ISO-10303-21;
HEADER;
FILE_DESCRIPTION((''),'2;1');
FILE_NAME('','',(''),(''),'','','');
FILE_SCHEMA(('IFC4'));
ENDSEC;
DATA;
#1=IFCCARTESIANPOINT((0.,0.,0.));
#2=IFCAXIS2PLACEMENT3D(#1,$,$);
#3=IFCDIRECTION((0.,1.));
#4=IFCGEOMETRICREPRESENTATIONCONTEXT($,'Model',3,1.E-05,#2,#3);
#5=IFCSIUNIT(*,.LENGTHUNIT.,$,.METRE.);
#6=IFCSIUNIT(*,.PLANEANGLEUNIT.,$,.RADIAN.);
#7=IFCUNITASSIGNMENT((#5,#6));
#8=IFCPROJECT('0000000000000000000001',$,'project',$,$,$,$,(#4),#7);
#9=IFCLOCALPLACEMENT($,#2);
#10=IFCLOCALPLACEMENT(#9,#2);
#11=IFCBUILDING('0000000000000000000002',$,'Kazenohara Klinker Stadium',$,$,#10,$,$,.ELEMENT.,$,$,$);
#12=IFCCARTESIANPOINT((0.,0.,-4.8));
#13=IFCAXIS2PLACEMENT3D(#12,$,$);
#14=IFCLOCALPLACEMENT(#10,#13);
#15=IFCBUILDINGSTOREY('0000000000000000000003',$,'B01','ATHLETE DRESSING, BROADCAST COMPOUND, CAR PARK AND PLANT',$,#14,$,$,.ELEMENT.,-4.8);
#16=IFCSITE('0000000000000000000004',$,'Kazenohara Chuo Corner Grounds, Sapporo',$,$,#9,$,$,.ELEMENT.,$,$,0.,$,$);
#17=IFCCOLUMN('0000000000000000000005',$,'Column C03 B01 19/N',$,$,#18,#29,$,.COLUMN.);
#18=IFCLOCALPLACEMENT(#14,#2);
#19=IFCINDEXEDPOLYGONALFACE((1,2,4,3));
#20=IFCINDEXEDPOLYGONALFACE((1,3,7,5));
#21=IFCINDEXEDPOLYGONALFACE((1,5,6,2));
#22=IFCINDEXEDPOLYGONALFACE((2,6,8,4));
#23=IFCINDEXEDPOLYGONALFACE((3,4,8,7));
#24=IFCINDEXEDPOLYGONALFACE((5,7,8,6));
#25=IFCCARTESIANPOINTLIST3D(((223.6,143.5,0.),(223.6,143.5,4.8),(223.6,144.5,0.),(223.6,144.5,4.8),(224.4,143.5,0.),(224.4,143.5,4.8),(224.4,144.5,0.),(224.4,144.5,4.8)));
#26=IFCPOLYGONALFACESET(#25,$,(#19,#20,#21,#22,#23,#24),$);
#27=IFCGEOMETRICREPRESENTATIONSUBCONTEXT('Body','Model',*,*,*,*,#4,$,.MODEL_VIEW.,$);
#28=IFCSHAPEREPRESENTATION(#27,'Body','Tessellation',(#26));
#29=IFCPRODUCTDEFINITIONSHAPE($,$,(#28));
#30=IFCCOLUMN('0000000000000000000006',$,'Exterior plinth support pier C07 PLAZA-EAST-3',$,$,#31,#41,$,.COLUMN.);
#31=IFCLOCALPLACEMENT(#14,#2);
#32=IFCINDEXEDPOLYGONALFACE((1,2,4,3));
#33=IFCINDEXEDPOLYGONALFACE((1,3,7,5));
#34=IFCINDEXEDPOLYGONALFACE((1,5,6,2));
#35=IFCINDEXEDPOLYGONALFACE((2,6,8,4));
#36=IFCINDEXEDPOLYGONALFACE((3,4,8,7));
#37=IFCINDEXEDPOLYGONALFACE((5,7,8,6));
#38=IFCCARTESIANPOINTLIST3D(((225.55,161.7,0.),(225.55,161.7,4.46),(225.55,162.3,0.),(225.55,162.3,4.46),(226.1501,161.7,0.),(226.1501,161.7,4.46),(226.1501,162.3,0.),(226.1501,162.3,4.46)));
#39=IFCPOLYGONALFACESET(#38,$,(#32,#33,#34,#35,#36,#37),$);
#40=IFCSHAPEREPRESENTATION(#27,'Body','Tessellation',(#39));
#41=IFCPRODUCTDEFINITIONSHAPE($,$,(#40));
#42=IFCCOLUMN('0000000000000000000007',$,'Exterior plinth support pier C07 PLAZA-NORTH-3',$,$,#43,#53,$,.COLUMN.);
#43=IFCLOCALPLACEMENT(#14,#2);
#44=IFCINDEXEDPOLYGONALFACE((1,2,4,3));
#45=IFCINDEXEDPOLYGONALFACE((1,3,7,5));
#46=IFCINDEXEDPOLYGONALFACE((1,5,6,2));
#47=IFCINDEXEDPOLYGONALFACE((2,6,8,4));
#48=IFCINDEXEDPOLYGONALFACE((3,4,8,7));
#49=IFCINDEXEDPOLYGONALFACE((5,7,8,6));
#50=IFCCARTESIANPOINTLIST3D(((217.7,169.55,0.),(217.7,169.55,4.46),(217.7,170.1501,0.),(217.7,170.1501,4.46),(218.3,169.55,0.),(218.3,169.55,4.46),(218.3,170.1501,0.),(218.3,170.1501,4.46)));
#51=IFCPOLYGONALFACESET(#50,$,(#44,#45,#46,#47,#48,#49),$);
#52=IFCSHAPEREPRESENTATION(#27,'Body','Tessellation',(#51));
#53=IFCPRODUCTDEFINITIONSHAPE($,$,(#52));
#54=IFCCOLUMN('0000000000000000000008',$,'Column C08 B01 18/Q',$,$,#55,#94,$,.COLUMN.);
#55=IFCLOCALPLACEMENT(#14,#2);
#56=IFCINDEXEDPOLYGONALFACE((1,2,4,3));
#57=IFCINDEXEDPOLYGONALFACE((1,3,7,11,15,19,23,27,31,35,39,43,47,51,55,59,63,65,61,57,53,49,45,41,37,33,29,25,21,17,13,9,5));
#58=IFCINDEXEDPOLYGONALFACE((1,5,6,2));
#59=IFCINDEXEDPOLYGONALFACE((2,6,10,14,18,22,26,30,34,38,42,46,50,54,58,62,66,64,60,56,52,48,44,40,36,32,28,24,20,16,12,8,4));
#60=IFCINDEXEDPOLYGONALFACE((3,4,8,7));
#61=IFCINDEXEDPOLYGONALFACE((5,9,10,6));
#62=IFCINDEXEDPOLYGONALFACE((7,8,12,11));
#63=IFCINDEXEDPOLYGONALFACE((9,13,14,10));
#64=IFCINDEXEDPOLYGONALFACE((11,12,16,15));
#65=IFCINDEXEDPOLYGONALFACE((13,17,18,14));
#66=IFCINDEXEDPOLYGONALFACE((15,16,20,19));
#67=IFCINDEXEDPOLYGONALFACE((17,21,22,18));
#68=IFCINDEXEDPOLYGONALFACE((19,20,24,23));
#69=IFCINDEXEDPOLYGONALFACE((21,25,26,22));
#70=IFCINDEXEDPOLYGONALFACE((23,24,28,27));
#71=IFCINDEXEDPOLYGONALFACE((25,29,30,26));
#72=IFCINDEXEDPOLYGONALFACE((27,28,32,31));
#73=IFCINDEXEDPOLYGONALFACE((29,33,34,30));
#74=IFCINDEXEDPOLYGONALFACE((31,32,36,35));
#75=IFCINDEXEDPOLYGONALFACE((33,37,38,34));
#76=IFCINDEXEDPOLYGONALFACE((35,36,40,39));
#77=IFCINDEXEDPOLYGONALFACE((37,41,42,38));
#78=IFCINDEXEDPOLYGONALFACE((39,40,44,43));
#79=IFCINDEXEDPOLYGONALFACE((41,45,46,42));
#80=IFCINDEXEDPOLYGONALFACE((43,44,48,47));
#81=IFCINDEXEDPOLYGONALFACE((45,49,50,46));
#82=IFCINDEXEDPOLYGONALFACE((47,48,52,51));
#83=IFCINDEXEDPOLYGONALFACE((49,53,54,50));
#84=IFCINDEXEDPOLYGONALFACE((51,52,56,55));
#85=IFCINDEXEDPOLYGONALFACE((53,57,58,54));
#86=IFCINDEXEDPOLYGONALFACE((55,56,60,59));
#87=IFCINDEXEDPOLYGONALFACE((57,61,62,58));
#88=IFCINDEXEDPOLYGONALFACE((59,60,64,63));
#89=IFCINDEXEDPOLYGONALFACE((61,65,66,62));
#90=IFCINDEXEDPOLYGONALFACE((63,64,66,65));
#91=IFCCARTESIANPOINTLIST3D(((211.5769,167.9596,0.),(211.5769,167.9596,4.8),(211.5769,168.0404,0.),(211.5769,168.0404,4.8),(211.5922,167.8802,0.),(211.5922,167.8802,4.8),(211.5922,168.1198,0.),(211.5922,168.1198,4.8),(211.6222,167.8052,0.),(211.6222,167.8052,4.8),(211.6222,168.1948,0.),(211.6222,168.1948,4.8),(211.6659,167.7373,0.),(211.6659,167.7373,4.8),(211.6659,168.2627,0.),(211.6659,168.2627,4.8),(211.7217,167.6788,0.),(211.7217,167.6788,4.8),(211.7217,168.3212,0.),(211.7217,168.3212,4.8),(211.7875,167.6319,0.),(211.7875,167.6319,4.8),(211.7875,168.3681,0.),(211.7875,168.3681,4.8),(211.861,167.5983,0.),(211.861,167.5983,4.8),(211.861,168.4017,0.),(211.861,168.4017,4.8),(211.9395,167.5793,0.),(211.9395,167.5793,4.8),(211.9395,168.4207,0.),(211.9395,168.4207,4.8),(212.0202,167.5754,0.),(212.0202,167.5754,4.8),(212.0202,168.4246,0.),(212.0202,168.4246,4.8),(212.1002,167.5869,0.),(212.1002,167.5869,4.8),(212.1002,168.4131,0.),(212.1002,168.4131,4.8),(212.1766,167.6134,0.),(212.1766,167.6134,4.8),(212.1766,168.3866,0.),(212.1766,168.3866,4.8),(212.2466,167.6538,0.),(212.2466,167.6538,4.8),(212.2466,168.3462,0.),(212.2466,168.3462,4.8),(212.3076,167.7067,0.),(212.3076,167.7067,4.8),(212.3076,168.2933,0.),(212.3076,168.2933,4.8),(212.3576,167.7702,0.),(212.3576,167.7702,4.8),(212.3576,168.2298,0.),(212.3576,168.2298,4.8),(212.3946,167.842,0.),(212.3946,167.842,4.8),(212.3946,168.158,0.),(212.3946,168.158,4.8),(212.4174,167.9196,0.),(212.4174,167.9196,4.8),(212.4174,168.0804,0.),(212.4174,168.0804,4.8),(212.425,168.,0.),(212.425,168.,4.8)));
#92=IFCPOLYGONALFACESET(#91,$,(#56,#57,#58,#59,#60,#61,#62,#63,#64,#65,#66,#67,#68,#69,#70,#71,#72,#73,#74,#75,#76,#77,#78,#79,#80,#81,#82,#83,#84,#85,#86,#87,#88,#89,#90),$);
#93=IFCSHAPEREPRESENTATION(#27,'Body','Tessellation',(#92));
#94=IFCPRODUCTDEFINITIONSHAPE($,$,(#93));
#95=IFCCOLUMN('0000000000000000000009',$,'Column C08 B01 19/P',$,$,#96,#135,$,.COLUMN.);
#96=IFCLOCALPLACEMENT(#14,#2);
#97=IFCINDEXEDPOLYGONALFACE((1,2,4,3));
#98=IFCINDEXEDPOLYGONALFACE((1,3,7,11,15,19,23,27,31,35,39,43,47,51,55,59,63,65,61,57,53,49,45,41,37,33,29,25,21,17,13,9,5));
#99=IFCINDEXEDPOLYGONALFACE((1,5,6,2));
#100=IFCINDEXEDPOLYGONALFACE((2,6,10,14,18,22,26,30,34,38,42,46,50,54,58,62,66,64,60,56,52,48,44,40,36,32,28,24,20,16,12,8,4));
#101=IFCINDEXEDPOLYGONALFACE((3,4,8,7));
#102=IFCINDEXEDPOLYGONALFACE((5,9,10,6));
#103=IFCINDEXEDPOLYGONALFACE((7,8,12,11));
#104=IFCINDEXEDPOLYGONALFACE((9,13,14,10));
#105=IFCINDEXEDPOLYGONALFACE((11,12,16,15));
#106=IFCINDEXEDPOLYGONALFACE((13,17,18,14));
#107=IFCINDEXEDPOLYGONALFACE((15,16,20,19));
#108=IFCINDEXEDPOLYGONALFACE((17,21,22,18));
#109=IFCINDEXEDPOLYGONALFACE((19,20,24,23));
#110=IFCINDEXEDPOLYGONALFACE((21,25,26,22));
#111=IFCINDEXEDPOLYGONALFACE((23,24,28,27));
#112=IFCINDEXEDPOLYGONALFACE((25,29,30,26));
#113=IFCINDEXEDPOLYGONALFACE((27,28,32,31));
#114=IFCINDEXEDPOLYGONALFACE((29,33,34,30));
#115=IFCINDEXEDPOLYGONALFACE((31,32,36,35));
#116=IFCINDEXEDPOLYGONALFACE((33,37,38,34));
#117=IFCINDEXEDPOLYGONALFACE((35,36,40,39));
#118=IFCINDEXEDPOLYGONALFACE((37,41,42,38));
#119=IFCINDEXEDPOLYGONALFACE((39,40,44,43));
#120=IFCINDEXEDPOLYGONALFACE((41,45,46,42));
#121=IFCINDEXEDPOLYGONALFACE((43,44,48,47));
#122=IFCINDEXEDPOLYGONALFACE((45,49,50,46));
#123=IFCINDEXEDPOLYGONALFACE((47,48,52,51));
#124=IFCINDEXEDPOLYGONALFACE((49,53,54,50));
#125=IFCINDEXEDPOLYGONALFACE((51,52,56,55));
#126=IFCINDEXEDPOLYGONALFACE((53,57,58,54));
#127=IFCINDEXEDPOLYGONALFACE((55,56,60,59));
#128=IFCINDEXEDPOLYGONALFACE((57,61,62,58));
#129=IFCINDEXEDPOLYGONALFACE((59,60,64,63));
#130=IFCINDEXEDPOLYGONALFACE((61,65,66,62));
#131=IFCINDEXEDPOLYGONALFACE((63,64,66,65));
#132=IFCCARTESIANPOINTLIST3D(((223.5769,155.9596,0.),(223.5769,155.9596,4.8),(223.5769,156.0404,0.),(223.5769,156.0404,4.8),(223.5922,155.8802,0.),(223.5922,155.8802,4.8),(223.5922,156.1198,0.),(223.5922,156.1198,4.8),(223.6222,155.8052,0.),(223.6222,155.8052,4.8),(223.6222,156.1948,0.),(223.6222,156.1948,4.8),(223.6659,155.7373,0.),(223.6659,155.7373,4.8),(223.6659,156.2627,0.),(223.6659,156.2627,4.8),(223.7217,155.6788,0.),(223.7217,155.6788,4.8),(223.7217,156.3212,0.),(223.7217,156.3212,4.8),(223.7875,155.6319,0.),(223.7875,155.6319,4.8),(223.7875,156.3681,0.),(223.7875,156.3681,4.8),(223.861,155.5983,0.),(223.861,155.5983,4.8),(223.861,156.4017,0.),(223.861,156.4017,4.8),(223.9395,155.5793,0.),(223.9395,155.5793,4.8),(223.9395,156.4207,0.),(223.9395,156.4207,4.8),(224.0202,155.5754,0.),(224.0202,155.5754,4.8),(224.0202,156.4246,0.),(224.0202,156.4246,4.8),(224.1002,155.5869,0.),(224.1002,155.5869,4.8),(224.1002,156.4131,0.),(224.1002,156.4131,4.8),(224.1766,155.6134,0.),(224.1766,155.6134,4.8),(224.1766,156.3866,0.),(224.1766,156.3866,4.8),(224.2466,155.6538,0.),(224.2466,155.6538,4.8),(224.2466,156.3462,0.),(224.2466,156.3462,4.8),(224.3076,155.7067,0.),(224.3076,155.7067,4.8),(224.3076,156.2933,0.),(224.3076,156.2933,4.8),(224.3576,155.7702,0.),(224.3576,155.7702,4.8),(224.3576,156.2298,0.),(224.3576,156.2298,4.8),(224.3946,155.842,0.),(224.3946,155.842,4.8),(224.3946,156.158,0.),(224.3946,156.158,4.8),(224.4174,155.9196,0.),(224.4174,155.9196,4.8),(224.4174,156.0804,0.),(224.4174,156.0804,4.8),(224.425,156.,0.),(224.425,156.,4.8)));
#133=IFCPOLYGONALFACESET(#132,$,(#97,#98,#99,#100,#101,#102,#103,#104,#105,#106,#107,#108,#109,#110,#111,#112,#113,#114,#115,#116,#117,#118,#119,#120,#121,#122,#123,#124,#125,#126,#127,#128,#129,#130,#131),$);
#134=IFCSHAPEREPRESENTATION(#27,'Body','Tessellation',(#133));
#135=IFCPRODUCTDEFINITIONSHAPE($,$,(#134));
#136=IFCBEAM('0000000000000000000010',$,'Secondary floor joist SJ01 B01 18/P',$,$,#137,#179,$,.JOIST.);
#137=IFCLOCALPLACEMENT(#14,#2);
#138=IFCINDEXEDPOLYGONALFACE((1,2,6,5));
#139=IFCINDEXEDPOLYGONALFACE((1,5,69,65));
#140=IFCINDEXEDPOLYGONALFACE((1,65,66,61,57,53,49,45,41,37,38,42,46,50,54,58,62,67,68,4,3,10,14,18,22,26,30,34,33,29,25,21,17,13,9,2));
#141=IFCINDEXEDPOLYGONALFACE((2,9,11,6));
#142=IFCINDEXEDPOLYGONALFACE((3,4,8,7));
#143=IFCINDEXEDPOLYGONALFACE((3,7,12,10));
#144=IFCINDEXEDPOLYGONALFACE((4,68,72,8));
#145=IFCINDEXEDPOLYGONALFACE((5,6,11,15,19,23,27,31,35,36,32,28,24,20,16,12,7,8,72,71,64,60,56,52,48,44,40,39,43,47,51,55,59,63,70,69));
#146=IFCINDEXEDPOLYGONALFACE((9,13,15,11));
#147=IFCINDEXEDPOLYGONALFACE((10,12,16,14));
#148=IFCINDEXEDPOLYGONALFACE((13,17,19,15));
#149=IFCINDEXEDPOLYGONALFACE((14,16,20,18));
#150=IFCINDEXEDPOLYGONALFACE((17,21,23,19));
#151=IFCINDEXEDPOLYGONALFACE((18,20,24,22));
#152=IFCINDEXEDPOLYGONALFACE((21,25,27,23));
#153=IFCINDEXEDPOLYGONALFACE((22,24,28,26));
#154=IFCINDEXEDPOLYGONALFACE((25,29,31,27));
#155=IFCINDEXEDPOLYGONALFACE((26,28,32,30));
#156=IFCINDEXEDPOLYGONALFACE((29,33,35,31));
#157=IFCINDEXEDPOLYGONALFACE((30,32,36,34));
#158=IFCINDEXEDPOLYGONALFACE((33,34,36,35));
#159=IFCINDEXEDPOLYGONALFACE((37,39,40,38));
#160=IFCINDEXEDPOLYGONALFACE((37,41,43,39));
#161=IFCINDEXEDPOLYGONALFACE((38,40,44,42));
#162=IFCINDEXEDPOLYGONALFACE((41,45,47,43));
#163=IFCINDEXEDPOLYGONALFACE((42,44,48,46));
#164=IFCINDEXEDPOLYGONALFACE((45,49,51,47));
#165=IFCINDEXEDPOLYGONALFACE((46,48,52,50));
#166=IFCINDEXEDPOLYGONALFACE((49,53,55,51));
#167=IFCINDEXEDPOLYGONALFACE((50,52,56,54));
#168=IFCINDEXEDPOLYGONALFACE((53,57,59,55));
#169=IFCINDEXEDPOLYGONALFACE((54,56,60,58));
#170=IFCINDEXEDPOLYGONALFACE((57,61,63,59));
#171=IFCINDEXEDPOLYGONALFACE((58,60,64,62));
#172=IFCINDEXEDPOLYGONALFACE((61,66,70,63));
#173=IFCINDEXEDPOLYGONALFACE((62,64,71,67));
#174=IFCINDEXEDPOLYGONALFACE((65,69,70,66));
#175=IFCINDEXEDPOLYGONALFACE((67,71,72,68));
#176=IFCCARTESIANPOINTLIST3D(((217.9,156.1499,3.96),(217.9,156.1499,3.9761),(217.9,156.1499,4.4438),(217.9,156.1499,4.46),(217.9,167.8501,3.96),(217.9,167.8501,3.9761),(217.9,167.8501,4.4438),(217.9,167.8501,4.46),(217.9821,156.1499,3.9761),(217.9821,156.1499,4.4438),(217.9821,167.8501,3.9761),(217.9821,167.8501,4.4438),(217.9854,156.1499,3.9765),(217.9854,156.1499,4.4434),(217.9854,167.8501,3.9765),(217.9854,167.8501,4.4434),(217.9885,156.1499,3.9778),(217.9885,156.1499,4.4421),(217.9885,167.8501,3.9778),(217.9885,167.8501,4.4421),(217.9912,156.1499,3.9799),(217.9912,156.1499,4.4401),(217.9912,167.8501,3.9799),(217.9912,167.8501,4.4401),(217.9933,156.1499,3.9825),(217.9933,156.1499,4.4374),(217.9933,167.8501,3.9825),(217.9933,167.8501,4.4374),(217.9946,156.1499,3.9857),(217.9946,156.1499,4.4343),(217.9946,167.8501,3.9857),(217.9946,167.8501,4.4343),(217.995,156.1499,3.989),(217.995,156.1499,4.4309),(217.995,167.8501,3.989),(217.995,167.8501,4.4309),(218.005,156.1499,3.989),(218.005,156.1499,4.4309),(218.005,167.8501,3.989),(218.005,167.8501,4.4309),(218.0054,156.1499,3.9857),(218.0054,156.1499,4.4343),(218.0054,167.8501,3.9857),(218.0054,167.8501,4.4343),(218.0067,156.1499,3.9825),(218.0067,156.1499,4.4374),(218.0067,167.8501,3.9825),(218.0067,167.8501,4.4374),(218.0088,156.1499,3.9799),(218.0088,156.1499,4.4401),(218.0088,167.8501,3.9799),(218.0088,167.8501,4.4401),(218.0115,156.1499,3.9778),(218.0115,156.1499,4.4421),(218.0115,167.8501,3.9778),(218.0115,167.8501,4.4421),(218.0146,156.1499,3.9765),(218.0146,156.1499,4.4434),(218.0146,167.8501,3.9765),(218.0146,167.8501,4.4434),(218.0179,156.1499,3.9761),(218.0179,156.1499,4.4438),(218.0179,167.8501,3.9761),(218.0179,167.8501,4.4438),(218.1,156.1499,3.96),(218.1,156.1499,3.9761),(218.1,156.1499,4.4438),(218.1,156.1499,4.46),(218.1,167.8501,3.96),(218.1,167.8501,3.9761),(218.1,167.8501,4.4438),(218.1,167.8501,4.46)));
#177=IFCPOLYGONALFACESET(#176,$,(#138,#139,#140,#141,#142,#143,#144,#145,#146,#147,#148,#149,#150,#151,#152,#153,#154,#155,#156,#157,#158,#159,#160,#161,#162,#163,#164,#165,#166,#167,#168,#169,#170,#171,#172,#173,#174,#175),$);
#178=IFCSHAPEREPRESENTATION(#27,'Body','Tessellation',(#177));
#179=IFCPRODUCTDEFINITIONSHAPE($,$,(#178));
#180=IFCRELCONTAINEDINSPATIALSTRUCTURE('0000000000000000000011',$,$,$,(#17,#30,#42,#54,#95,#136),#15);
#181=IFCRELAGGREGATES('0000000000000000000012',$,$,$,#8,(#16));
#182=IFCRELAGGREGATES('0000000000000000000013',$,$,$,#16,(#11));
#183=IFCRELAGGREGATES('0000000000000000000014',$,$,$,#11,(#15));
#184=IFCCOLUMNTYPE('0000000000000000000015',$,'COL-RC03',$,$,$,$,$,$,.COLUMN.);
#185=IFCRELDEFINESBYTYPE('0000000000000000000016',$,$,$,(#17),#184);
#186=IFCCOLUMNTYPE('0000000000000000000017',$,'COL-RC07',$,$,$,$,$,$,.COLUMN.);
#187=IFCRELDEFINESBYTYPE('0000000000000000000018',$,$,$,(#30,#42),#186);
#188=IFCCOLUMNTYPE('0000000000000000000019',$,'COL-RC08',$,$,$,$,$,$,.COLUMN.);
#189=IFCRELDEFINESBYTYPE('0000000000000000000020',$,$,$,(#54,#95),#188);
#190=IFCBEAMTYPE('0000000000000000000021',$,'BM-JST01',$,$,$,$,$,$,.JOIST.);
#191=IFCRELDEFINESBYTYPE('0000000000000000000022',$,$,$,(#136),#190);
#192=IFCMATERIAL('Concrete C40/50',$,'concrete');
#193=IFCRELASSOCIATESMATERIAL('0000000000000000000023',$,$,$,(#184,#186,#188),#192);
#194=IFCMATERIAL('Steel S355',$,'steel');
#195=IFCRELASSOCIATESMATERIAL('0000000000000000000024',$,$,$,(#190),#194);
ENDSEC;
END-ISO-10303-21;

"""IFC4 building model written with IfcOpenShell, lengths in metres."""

from ifc_helpers import new_model, si_unit, direction, frame, origin, origin_2d, place, context, subcontext, project, spatial, rectangle, circle, i_section, extrude, material, material_profile, profile_set, type_object, element, save


model = new_model("IFC4")

# Units and contexts
model_context = context("Model", 3, precision=1e-05, world=origin(), true_north=direction((0.0, 1.0)))
body_context = subcontext(model_context, "Body", "Model", "MODEL_VIEW")
ifc_project = project(units=[si_unit("LENGTHUNIT", "METRE"), si_unit("PLANEANGLEUNIT", "RADIAN")], contexts=[model_context])

# Site, building, storey
site_placement = place(None, origin())
site = spatial("IfcSite", under=ifc_project, at=site_placement, Name="Kazenohara Chuo Corner Grounds, Sapporo", CompositionType="ELEMENT", RefElevation=0.0)
building_placement = place(site_placement, origin())
building = spatial("IfcBuilding", under=site, at=building_placement, Name="Kazenohara Klinker Stadium", CompositionType="ELEMENT")
storey_placement = place(building_placement, frame((0.0, 0.0, -4.8)))
storey = spatial("IfcBuildingStorey", under=building, at=storey_placement, Name="B01", Description="ATHLETE DRESSING, BROADCAST COMPOUND, CAR PARK AND PLANT", CompositionType="ELEMENT", Elevation=-4.8)

# Columns
ifc_material_1 = material(Name="Concrete C40/50", Category="concrete")
ifc_material_profile_1 = material_profile(ifc_material_1, rectangle(XDim=0.8, YDim=1.0, at=origin_2d()), Name="RC-COL-1000x800")
ifc_profile_set_1 = profile_set([ifc_material_profile_1], Name="Concrete C40/50")
column_type_1 = type_object("IfcColumnType", Name="COL-RC03", PredefinedType="COLUMN", material=ifc_profile_set_1)
for number, where, z_axis, x_axis, name in (
    (1, (224.0, 144.0, 0.0), (0.0, 0.0, 1.0), (1.0, 0.0, 0.0), "Column C03 B01 19/N"),
):
    element("IfcColumn", number, at=place(storey_placement, frame(where, z_axis=z_axis, x_axis=x_axis)), inside=storey, type_object=column_type_1, Name=name, PredefinedType="COLUMN", context=body_context, shape_type="SweptSolid", body=[
        extrude(rectangle(XDim=0.8, YDim=1.0, at=origin_2d()), origin(), (0.0, 0.0, 1.0), 4.8),
    ])
ifc_material_profile_2 = material_profile(ifc_material_1, rectangle(XDim=0.6001, YDim=0.6001, at=origin_2d()), Name="RC-COL-600x600")
ifc_profile_set_2 = profile_set([ifc_material_profile_2], Name="Concrete C40/50")
column_type_2 = type_object("IfcColumnType", Name="COL-RC07", PredefinedType="COLUMN", material=ifc_profile_set_2)
for number, where, z_axis, x_axis, name in (
    (2, (225.8501, 162.0, 0.0), (0.0, 0.0, 1.0), (1.0, 0.0, 0.0), "Exterior plinth support pier C07 PLAZA-EAST-3"),
    (3, (218.0, 169.8501, 0.0), (0.0, 0.0, 1.0), (1.0, 0.0, 0.0), "Exterior plinth support pier C07 PLAZA-NORTH-3"),
):
    element("IfcColumn", number, at=place(storey_placement, frame(where, z_axis=z_axis, x_axis=x_axis)), inside=storey, type_object=column_type_2, Name=name, PredefinedType="COLUMN", context=body_context, shape_type="SweptSolid", body=[
        extrude(rectangle(XDim=0.6001, YDim=0.6001, at=origin_2d()), origin(), (0.0, 0.0, 1.0), 4.46),
    ])
ifc_material_profile_3 = material_profile(ifc_material_1, circle(Radius=0.425, at=origin_2d()), Name="RC-COL-D850")
ifc_profile_set_3 = profile_set([ifc_material_profile_3], Name="Concrete C40/50")
column_type_3 = type_object("IfcColumnType", Name="COL-RC08", PredefinedType="COLUMN", material=ifc_profile_set_3)
for number, where, z_axis, x_axis, name in (
    (4, (212.0, 168.0, 0.0), (0.0, 0.0, 1.0), (1.0, 0.0, 0.0), "Column C08 B01 18/Q"),
    (5, (224.0, 156.0, 0.0), (0.0, 0.0, 1.0), (1.0, 0.0, 0.0), "Column C08 B01 19/P"),
):
    element("IfcColumn", number, at=place(storey_placement, frame(where, z_axis=z_axis, x_axis=x_axis)), inside=storey, type_object=column_type_3, Name=name, PredefinedType="COLUMN", context=body_context, shape_type="SweptSolid", body=[
        extrude(circle(Radius=0.425, at=origin_2d()), origin(), (0.0, 0.0, 1.0), 4.8),
    ])

# Beam
ifc_material_2 = material(Name="Steel S355", Category="steel")
ifc_material_profile_4 = material_profile(ifc_material_2, i_section(OverallWidth=0.2, OverallDepth=0.5, WebThickness=0.01, FlangeThickness=0.0161, FilletRadius=0.0129, at=origin_2d()), Name="H-500x200x10x16")
ifc_profile_set_4 = profile_set([ifc_material_profile_4], Name="Steel S355")
beam_type_1 = type_object("IfcBeamType", Name="BM-JST01", PredefinedType="JOIST", material=ifc_profile_set_4)
beam_1_placement = place(storey_placement, frame((218.0, 156.1499, 4.21), z_axis=(0.0, 1.0, 0.0), x_axis=(-1.0, 0.0, 0.0)))
element("IfcBeam", 6, at=beam_1_placement, inside=storey, type_object=beam_type_1, Name="Secondary floor joist SJ01 B01 18/P", PredefinedType="JOIST", context=body_context, shape_type="SweptSolid", body=[
    extrude(i_section(OverallWidth=0.2, OverallDepth=0.5, WebThickness=0.01, FlangeThickness=0.0161, FilletRadius=0.0129, at=origin_2d()), origin(), (0.0, 0.0, 1.0), 11.7002),
])

save(model, "model.ifc")
